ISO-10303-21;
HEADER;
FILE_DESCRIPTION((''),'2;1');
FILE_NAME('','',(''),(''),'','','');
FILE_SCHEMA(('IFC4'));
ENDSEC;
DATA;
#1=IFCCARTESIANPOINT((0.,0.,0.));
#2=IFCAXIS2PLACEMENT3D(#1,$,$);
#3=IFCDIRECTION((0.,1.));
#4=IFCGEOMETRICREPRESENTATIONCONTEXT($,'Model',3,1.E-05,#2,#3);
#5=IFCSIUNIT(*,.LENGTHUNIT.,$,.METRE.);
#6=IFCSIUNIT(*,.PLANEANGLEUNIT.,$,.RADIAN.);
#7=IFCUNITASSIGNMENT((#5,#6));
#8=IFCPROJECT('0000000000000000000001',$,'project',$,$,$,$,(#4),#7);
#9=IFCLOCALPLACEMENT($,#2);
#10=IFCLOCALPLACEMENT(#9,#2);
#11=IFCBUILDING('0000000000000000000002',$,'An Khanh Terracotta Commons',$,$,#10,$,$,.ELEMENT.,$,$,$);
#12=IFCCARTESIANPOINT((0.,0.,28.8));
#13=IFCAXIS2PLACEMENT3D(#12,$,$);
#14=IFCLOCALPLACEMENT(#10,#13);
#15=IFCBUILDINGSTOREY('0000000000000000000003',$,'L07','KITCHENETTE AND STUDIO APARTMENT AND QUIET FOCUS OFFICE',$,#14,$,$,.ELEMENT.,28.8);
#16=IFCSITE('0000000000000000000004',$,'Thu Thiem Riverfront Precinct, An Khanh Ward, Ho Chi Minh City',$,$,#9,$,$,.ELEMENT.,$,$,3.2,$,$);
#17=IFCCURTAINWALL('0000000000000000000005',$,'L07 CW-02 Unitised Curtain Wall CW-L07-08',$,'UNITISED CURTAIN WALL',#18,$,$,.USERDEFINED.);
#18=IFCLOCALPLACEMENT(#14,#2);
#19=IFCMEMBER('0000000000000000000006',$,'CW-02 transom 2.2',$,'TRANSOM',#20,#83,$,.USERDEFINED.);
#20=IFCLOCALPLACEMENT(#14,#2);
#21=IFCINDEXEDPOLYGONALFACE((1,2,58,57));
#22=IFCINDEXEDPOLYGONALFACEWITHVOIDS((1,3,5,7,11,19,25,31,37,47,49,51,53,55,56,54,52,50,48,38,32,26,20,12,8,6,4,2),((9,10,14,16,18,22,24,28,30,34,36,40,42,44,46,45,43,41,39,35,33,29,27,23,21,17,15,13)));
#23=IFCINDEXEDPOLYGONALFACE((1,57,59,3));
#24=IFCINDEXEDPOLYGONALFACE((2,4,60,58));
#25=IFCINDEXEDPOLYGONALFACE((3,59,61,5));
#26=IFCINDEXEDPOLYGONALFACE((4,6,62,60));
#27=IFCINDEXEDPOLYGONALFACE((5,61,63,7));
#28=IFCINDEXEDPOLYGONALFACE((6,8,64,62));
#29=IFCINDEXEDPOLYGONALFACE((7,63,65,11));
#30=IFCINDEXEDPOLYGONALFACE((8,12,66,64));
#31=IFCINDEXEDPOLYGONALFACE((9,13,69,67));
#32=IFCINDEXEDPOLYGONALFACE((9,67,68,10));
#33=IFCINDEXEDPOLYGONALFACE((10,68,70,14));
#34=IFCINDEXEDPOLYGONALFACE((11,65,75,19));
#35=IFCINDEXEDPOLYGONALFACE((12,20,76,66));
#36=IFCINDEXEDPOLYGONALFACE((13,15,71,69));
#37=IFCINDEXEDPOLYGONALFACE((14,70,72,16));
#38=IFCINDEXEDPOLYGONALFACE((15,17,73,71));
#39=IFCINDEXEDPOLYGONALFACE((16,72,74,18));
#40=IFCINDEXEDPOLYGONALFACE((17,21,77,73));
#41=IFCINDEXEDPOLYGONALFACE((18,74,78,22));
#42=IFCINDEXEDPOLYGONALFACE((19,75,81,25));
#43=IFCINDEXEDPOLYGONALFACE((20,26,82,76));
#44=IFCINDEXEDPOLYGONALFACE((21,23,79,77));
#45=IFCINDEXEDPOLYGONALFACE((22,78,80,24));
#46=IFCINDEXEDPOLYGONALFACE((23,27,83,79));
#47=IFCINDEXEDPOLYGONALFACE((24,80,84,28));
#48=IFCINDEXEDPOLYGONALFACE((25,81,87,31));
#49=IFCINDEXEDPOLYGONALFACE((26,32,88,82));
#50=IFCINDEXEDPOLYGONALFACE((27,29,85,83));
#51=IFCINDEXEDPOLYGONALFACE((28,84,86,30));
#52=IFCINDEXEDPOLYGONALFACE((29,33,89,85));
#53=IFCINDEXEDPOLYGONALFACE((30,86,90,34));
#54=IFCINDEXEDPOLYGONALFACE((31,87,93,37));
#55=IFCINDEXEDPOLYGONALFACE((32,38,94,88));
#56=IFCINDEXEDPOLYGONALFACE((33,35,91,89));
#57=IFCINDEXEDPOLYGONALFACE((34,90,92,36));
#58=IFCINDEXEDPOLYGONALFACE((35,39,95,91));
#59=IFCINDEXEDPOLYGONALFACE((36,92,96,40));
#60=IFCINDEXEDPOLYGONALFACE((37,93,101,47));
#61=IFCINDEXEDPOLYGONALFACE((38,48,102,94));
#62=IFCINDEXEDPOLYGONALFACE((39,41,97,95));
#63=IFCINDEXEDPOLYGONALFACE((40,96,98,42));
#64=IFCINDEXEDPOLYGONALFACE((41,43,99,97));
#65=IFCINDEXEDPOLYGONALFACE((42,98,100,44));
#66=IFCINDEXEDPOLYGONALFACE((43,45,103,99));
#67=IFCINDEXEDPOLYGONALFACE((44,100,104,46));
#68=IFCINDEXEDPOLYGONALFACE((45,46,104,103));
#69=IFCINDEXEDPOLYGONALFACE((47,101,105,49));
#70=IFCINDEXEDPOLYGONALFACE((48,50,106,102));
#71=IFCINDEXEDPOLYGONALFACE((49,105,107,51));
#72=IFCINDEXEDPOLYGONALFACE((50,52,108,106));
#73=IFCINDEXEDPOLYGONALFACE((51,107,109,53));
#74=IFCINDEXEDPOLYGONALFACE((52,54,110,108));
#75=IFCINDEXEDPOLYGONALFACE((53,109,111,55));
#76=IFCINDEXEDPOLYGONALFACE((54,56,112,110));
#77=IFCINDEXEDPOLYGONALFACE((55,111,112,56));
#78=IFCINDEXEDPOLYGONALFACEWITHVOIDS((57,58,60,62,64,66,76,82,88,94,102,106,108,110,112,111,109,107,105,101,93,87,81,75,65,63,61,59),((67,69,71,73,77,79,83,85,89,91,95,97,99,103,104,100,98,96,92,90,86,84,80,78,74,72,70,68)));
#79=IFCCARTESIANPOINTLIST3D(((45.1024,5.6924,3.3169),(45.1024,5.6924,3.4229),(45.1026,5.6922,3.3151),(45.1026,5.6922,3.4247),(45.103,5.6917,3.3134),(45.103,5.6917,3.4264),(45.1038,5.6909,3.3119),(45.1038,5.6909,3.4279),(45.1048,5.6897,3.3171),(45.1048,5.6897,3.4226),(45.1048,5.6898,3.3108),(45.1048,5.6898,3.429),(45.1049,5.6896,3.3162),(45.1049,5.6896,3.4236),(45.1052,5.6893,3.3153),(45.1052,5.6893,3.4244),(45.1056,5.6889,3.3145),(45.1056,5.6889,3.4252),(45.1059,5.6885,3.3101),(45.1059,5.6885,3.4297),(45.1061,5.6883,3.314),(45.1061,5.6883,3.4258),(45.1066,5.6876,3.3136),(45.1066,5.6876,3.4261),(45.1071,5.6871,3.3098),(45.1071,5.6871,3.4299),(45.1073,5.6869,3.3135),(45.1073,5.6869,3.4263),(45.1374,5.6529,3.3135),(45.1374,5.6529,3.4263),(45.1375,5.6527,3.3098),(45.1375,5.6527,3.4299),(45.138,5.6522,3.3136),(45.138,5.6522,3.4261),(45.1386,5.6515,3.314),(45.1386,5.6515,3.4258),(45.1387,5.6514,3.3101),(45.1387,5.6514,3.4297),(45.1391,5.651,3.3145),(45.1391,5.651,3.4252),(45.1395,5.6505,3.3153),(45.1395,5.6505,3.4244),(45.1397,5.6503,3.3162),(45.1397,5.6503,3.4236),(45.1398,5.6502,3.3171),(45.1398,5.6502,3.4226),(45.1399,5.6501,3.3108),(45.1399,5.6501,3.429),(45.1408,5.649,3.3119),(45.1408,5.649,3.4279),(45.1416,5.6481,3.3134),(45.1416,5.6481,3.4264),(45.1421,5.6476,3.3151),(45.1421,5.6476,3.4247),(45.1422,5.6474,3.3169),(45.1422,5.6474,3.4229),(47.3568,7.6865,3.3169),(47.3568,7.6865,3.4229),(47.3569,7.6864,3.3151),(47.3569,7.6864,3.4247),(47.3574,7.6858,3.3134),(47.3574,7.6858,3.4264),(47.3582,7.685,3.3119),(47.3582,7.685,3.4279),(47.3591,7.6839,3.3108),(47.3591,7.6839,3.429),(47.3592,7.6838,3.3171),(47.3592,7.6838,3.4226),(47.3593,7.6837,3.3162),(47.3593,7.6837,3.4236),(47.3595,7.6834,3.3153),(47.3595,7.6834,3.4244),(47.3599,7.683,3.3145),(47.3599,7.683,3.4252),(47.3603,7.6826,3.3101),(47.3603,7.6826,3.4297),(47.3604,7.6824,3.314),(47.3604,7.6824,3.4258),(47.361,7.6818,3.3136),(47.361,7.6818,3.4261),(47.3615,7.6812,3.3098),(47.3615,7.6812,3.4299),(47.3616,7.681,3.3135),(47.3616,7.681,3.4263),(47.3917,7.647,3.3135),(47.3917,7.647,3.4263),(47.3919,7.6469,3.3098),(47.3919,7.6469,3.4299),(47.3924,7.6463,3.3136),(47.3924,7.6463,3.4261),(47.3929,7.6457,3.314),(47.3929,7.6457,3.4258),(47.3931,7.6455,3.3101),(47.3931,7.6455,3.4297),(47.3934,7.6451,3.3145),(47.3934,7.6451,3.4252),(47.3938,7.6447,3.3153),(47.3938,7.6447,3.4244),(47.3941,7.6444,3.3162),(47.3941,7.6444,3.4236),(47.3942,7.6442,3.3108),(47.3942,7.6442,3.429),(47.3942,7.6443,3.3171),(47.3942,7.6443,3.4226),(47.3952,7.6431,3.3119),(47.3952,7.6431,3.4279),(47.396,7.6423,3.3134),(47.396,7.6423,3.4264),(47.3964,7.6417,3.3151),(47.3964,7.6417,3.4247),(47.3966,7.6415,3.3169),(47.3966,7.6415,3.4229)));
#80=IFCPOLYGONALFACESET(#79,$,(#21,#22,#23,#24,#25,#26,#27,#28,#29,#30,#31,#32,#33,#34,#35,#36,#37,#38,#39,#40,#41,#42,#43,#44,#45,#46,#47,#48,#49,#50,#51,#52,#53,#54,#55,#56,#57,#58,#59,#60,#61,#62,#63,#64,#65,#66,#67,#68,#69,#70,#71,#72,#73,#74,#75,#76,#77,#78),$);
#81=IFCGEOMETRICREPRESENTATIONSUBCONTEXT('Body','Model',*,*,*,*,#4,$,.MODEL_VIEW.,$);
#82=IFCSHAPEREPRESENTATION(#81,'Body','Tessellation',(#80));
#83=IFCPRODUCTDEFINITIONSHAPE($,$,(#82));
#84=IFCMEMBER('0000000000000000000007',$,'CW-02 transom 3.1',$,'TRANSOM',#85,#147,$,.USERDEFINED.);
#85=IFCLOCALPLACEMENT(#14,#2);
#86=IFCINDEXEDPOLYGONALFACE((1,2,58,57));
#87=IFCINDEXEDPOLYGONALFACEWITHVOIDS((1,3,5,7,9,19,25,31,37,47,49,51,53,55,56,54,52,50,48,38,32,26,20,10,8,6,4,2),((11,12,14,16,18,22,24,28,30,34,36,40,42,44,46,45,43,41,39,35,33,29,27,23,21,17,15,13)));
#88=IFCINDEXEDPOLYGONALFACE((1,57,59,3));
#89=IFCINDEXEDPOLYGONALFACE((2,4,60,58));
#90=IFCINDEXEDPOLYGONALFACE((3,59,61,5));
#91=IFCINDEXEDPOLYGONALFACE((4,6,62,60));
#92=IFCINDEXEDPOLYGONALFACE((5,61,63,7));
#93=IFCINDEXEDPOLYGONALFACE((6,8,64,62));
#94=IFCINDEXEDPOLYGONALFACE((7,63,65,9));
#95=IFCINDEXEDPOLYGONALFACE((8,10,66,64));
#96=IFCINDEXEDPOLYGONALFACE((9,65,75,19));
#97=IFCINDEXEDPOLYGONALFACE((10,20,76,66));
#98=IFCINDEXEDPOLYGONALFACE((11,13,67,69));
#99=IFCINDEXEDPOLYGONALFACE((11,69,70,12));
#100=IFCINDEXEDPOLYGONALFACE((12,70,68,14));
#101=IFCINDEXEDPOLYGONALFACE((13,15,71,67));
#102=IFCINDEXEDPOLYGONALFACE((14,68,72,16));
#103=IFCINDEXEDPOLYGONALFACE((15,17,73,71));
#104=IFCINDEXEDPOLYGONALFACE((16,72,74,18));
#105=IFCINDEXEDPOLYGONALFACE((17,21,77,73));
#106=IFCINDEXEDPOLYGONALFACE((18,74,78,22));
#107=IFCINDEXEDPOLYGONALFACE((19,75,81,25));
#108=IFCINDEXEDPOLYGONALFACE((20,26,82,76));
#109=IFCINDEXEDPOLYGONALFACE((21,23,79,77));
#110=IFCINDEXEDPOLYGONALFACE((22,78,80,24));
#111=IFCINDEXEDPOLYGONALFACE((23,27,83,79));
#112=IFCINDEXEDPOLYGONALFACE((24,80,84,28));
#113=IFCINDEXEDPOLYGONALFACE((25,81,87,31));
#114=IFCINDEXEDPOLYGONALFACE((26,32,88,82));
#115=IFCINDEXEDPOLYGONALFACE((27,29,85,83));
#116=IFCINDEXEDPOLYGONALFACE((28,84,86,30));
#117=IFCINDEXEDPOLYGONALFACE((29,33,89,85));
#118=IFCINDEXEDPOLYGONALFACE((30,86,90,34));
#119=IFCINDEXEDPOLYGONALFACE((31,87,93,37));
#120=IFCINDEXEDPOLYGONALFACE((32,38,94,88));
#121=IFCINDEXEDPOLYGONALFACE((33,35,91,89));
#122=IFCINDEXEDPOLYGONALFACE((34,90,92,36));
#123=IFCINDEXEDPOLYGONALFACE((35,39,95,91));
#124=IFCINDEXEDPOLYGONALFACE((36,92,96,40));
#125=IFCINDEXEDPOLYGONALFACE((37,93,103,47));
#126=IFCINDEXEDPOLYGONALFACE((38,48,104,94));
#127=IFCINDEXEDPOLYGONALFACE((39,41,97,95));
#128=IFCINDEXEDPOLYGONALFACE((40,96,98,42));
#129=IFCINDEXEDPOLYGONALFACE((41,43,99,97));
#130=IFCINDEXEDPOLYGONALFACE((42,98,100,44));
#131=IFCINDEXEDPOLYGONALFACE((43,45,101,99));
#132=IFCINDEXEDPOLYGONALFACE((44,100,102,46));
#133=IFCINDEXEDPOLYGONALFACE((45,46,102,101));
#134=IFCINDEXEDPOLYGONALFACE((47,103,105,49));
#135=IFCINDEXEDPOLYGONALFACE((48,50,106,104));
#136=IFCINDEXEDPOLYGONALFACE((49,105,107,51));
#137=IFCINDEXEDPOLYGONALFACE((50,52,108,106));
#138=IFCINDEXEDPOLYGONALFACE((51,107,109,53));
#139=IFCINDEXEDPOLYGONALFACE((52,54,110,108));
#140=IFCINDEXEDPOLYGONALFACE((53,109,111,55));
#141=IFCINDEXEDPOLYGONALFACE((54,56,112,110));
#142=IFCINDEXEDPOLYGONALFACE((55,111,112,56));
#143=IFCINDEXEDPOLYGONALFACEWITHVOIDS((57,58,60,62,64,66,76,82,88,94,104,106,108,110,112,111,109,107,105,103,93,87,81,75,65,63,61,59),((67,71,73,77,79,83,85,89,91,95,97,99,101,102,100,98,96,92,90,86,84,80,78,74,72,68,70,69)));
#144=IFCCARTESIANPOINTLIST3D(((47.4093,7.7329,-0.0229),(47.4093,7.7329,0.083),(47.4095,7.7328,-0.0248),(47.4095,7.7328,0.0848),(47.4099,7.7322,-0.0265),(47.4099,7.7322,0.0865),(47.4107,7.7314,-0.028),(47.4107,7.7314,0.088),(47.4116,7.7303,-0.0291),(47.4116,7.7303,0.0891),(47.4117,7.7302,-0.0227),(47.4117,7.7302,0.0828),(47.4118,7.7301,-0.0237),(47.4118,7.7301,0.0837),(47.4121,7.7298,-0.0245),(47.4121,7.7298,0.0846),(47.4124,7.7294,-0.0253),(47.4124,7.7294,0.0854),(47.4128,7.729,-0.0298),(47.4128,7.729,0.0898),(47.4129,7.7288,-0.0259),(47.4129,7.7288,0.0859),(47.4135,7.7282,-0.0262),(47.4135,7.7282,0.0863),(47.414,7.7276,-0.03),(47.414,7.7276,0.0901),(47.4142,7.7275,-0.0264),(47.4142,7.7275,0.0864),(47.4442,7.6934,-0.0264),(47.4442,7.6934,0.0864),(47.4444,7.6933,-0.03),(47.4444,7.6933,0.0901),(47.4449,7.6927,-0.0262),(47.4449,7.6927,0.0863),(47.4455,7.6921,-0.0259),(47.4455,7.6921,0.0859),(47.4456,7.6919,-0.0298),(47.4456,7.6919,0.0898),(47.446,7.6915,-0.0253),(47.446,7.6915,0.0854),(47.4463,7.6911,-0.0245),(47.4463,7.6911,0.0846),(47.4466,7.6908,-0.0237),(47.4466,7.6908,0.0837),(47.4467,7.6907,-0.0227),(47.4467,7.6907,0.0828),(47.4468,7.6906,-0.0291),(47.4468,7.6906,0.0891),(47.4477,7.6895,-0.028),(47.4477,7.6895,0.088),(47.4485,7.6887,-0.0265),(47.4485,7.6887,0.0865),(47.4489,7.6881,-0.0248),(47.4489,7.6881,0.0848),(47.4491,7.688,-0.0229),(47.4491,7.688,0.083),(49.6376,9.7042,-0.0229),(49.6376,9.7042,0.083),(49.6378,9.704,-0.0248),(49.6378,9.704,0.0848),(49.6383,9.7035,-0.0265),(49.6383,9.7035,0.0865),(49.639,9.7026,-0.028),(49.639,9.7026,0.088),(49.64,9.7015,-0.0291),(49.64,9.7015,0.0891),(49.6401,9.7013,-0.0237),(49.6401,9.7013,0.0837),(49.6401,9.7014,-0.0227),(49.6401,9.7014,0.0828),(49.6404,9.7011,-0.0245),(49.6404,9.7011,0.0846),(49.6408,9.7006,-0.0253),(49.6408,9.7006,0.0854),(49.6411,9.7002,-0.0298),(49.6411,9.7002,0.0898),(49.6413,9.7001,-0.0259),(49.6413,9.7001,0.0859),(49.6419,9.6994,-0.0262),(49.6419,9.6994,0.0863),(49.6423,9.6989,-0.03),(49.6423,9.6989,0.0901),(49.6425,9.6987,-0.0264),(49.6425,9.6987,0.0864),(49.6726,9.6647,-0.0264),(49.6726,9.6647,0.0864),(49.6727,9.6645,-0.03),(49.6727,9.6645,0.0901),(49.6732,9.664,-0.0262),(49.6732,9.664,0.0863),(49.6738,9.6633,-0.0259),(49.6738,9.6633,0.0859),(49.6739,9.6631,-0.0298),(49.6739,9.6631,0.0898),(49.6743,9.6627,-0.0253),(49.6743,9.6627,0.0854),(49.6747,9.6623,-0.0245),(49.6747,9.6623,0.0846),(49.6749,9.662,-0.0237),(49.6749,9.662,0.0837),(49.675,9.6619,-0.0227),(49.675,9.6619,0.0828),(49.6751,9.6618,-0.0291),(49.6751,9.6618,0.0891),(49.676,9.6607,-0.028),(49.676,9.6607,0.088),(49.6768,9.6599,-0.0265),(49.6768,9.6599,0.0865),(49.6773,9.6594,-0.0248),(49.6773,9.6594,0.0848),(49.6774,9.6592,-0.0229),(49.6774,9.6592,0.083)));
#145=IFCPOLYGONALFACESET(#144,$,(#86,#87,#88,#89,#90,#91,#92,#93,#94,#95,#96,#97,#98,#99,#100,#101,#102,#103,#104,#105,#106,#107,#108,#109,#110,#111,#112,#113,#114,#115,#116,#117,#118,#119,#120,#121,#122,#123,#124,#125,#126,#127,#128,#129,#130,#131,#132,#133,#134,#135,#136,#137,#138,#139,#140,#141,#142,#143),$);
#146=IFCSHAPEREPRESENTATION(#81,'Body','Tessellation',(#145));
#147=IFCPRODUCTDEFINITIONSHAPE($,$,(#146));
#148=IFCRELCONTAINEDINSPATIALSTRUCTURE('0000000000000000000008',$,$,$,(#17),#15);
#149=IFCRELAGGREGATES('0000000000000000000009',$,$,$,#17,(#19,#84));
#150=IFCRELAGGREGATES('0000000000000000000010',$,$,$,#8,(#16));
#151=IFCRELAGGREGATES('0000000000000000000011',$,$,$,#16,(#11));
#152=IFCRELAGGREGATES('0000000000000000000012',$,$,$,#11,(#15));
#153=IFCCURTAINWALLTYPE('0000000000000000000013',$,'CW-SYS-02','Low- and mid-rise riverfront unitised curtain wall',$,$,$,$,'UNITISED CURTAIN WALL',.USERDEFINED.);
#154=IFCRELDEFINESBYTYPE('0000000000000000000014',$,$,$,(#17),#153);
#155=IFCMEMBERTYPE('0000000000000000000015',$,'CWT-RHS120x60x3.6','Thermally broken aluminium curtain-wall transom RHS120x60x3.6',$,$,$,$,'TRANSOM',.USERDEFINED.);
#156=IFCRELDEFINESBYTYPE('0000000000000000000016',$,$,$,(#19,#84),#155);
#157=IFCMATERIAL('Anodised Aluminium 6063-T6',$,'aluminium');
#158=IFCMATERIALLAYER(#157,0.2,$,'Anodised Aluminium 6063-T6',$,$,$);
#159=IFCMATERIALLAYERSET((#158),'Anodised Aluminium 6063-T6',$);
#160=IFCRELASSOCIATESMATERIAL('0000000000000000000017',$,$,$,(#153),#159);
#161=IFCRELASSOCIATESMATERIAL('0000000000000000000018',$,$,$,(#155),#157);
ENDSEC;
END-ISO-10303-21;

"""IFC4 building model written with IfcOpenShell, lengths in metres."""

from ifc_helpers import new_model, si_unit, direction, frame, origin, origin_2d, place, context, subcontext, project, spatial, hollow_rectangle, extrude, material, layer, layer_set, material_profile, profile_set, type_object, element, aggregate, save


model = new_model("IFC4")

# Units and contexts
model_context = context("Model", 3, precision=1e-05, world=origin(), true_north=direction((0.0, 1.0)))
body_context = subcontext(model_context, "Body", "Model", "MODEL_VIEW")
ifc_project = project(units=[si_unit("LENGTHUNIT", "METRE"), si_unit("PLANEANGLEUNIT", "RADIAN")], contexts=[model_context])

# Site, building, storey
site_placement = place(None, origin())
site = spatial("IfcSite", under=ifc_project, at=site_placement, Name="Thu Thiem Riverfront Precinct, An Khanh Ward, Ho Chi Minh City", CompositionType="ELEMENT", RefElevation=3.2)
building_placement = place(site_placement, origin())
building = spatial("IfcBuilding", under=site, at=building_placement, Name="An Khanh Terracotta Commons", CompositionType="ELEMENT")
storey_placement = place(building_placement, frame((0.0, 0.0, 28.8)))
storey = spatial("IfcBuildingStorey", under=building, at=storey_placement, Name="L07", Description="KITCHENETTE AND STUDIO APARTMENT AND QUIET FOCUS OFFICE", CompositionType="ELEMENT", Elevation=28.8)

# Curtain wall
ifc_material_1 = material(Name="Anodised Aluminium 6063-T6", Category="aluminium")
ifc_layer_1 = layer(ifc_material_1, 0.2, Name="Anodised Aluminium 6063-T6")
ifc_layer_set_1 = layer_set([ifc_layer_1], Name="Anodised Aluminium 6063-T6")
curtain_wall_type = type_object("IfcCurtainWallType", Name="CW-SYS-02", Description="Low- and mid-rise riverfront unitised curtain wall", ElementType="UNITISED CURTAIN WALL", PredefinedType="USERDEFINED", material=ifc_layer_set_1)
curtain_wall_1_placement = place(storey_placement, origin())
curtain_wall_1 = element("IfcCurtainWall", 1, at=curtain_wall_1_placement, inside=storey, type_object=curtain_wall_type, Name="L07 CW-02 Unitised Curtain Wall CW-L07-08", ObjectType="UNITISED CURTAIN WALL", PredefinedType="USERDEFINED")

# Members
ifc_material_profile_1 = material_profile(ifc_material_1, hollow_rectangle(XDim=0.0601, YDim=0.1201, WallThickness=0.0037, InnerFilletRadius=0.0037, OuterFilletRadius=0.0071, at=origin_2d()), Name="RHS120x60x3.6")
ifc_profile_set_1 = profile_set([ifc_material_profile_1], Name="Anodised Aluminium 6063-T6")
member_type_1 = type_object("IfcMemberType", Name="CWT-RHS120x60x3.6", Description="Thermally broken aluminium curtain-wall transom RHS120x60x3.6", ElementType="TRANSOM", PredefinedType="USERDEFINED", material=ifc_profile_set_1)
member_1_placement = place(storey_placement, frame((45.1223, 5.6699, 3.3699), z_axis=(0.749018, 0.662549, 0.0), x_axis=(-0.662549, 0.749018, 0.0)))
member_1 = element("IfcMember", 2, at=member_1_placement, type_object=member_type_1, Name="CW-02 transom 2.2", ObjectType="TRANSOM", PredefinedType="USERDEFINED", context=body_context, shape_type="SweptSolid", body=[
    extrude(hollow_rectangle(XDim=0.0601, YDim=0.1201, WallThickness=0.0037, InnerFilletRadius=0.0037, OuterFilletRadius=0.0071, at=origin_2d()), origin(), (0.0, 0.0, 1.0), 3.0098),
])
member_2_placement = place(storey_placement, frame((47.4292, 7.7104, 0.03), z_axis=(0.748992, 0.662579, 0.0), x_axis=(-0.662579, 0.748992, 0.0)))
member_2 = element("IfcMember", 3, at=member_2_placement, type_object=member_type_1, Name="CW-02 transom 3.1", ObjectType="TRANSOM", PredefinedType="USERDEFINED", context=body_context, shape_type="SweptSolid", body=[
    extrude(hollow_rectangle(XDim=0.0601, YDim=0.1201, WallThickness=0.0037, InnerFilletRadius=0.0037, OuterFilletRadius=0.0071, at=origin_2d()), origin(), (0.0, 0.0, 1.0), 2.9751),
])

aggregate(curtain_wall_1, [member_1, member_2])

save(model, "model.ifc")
